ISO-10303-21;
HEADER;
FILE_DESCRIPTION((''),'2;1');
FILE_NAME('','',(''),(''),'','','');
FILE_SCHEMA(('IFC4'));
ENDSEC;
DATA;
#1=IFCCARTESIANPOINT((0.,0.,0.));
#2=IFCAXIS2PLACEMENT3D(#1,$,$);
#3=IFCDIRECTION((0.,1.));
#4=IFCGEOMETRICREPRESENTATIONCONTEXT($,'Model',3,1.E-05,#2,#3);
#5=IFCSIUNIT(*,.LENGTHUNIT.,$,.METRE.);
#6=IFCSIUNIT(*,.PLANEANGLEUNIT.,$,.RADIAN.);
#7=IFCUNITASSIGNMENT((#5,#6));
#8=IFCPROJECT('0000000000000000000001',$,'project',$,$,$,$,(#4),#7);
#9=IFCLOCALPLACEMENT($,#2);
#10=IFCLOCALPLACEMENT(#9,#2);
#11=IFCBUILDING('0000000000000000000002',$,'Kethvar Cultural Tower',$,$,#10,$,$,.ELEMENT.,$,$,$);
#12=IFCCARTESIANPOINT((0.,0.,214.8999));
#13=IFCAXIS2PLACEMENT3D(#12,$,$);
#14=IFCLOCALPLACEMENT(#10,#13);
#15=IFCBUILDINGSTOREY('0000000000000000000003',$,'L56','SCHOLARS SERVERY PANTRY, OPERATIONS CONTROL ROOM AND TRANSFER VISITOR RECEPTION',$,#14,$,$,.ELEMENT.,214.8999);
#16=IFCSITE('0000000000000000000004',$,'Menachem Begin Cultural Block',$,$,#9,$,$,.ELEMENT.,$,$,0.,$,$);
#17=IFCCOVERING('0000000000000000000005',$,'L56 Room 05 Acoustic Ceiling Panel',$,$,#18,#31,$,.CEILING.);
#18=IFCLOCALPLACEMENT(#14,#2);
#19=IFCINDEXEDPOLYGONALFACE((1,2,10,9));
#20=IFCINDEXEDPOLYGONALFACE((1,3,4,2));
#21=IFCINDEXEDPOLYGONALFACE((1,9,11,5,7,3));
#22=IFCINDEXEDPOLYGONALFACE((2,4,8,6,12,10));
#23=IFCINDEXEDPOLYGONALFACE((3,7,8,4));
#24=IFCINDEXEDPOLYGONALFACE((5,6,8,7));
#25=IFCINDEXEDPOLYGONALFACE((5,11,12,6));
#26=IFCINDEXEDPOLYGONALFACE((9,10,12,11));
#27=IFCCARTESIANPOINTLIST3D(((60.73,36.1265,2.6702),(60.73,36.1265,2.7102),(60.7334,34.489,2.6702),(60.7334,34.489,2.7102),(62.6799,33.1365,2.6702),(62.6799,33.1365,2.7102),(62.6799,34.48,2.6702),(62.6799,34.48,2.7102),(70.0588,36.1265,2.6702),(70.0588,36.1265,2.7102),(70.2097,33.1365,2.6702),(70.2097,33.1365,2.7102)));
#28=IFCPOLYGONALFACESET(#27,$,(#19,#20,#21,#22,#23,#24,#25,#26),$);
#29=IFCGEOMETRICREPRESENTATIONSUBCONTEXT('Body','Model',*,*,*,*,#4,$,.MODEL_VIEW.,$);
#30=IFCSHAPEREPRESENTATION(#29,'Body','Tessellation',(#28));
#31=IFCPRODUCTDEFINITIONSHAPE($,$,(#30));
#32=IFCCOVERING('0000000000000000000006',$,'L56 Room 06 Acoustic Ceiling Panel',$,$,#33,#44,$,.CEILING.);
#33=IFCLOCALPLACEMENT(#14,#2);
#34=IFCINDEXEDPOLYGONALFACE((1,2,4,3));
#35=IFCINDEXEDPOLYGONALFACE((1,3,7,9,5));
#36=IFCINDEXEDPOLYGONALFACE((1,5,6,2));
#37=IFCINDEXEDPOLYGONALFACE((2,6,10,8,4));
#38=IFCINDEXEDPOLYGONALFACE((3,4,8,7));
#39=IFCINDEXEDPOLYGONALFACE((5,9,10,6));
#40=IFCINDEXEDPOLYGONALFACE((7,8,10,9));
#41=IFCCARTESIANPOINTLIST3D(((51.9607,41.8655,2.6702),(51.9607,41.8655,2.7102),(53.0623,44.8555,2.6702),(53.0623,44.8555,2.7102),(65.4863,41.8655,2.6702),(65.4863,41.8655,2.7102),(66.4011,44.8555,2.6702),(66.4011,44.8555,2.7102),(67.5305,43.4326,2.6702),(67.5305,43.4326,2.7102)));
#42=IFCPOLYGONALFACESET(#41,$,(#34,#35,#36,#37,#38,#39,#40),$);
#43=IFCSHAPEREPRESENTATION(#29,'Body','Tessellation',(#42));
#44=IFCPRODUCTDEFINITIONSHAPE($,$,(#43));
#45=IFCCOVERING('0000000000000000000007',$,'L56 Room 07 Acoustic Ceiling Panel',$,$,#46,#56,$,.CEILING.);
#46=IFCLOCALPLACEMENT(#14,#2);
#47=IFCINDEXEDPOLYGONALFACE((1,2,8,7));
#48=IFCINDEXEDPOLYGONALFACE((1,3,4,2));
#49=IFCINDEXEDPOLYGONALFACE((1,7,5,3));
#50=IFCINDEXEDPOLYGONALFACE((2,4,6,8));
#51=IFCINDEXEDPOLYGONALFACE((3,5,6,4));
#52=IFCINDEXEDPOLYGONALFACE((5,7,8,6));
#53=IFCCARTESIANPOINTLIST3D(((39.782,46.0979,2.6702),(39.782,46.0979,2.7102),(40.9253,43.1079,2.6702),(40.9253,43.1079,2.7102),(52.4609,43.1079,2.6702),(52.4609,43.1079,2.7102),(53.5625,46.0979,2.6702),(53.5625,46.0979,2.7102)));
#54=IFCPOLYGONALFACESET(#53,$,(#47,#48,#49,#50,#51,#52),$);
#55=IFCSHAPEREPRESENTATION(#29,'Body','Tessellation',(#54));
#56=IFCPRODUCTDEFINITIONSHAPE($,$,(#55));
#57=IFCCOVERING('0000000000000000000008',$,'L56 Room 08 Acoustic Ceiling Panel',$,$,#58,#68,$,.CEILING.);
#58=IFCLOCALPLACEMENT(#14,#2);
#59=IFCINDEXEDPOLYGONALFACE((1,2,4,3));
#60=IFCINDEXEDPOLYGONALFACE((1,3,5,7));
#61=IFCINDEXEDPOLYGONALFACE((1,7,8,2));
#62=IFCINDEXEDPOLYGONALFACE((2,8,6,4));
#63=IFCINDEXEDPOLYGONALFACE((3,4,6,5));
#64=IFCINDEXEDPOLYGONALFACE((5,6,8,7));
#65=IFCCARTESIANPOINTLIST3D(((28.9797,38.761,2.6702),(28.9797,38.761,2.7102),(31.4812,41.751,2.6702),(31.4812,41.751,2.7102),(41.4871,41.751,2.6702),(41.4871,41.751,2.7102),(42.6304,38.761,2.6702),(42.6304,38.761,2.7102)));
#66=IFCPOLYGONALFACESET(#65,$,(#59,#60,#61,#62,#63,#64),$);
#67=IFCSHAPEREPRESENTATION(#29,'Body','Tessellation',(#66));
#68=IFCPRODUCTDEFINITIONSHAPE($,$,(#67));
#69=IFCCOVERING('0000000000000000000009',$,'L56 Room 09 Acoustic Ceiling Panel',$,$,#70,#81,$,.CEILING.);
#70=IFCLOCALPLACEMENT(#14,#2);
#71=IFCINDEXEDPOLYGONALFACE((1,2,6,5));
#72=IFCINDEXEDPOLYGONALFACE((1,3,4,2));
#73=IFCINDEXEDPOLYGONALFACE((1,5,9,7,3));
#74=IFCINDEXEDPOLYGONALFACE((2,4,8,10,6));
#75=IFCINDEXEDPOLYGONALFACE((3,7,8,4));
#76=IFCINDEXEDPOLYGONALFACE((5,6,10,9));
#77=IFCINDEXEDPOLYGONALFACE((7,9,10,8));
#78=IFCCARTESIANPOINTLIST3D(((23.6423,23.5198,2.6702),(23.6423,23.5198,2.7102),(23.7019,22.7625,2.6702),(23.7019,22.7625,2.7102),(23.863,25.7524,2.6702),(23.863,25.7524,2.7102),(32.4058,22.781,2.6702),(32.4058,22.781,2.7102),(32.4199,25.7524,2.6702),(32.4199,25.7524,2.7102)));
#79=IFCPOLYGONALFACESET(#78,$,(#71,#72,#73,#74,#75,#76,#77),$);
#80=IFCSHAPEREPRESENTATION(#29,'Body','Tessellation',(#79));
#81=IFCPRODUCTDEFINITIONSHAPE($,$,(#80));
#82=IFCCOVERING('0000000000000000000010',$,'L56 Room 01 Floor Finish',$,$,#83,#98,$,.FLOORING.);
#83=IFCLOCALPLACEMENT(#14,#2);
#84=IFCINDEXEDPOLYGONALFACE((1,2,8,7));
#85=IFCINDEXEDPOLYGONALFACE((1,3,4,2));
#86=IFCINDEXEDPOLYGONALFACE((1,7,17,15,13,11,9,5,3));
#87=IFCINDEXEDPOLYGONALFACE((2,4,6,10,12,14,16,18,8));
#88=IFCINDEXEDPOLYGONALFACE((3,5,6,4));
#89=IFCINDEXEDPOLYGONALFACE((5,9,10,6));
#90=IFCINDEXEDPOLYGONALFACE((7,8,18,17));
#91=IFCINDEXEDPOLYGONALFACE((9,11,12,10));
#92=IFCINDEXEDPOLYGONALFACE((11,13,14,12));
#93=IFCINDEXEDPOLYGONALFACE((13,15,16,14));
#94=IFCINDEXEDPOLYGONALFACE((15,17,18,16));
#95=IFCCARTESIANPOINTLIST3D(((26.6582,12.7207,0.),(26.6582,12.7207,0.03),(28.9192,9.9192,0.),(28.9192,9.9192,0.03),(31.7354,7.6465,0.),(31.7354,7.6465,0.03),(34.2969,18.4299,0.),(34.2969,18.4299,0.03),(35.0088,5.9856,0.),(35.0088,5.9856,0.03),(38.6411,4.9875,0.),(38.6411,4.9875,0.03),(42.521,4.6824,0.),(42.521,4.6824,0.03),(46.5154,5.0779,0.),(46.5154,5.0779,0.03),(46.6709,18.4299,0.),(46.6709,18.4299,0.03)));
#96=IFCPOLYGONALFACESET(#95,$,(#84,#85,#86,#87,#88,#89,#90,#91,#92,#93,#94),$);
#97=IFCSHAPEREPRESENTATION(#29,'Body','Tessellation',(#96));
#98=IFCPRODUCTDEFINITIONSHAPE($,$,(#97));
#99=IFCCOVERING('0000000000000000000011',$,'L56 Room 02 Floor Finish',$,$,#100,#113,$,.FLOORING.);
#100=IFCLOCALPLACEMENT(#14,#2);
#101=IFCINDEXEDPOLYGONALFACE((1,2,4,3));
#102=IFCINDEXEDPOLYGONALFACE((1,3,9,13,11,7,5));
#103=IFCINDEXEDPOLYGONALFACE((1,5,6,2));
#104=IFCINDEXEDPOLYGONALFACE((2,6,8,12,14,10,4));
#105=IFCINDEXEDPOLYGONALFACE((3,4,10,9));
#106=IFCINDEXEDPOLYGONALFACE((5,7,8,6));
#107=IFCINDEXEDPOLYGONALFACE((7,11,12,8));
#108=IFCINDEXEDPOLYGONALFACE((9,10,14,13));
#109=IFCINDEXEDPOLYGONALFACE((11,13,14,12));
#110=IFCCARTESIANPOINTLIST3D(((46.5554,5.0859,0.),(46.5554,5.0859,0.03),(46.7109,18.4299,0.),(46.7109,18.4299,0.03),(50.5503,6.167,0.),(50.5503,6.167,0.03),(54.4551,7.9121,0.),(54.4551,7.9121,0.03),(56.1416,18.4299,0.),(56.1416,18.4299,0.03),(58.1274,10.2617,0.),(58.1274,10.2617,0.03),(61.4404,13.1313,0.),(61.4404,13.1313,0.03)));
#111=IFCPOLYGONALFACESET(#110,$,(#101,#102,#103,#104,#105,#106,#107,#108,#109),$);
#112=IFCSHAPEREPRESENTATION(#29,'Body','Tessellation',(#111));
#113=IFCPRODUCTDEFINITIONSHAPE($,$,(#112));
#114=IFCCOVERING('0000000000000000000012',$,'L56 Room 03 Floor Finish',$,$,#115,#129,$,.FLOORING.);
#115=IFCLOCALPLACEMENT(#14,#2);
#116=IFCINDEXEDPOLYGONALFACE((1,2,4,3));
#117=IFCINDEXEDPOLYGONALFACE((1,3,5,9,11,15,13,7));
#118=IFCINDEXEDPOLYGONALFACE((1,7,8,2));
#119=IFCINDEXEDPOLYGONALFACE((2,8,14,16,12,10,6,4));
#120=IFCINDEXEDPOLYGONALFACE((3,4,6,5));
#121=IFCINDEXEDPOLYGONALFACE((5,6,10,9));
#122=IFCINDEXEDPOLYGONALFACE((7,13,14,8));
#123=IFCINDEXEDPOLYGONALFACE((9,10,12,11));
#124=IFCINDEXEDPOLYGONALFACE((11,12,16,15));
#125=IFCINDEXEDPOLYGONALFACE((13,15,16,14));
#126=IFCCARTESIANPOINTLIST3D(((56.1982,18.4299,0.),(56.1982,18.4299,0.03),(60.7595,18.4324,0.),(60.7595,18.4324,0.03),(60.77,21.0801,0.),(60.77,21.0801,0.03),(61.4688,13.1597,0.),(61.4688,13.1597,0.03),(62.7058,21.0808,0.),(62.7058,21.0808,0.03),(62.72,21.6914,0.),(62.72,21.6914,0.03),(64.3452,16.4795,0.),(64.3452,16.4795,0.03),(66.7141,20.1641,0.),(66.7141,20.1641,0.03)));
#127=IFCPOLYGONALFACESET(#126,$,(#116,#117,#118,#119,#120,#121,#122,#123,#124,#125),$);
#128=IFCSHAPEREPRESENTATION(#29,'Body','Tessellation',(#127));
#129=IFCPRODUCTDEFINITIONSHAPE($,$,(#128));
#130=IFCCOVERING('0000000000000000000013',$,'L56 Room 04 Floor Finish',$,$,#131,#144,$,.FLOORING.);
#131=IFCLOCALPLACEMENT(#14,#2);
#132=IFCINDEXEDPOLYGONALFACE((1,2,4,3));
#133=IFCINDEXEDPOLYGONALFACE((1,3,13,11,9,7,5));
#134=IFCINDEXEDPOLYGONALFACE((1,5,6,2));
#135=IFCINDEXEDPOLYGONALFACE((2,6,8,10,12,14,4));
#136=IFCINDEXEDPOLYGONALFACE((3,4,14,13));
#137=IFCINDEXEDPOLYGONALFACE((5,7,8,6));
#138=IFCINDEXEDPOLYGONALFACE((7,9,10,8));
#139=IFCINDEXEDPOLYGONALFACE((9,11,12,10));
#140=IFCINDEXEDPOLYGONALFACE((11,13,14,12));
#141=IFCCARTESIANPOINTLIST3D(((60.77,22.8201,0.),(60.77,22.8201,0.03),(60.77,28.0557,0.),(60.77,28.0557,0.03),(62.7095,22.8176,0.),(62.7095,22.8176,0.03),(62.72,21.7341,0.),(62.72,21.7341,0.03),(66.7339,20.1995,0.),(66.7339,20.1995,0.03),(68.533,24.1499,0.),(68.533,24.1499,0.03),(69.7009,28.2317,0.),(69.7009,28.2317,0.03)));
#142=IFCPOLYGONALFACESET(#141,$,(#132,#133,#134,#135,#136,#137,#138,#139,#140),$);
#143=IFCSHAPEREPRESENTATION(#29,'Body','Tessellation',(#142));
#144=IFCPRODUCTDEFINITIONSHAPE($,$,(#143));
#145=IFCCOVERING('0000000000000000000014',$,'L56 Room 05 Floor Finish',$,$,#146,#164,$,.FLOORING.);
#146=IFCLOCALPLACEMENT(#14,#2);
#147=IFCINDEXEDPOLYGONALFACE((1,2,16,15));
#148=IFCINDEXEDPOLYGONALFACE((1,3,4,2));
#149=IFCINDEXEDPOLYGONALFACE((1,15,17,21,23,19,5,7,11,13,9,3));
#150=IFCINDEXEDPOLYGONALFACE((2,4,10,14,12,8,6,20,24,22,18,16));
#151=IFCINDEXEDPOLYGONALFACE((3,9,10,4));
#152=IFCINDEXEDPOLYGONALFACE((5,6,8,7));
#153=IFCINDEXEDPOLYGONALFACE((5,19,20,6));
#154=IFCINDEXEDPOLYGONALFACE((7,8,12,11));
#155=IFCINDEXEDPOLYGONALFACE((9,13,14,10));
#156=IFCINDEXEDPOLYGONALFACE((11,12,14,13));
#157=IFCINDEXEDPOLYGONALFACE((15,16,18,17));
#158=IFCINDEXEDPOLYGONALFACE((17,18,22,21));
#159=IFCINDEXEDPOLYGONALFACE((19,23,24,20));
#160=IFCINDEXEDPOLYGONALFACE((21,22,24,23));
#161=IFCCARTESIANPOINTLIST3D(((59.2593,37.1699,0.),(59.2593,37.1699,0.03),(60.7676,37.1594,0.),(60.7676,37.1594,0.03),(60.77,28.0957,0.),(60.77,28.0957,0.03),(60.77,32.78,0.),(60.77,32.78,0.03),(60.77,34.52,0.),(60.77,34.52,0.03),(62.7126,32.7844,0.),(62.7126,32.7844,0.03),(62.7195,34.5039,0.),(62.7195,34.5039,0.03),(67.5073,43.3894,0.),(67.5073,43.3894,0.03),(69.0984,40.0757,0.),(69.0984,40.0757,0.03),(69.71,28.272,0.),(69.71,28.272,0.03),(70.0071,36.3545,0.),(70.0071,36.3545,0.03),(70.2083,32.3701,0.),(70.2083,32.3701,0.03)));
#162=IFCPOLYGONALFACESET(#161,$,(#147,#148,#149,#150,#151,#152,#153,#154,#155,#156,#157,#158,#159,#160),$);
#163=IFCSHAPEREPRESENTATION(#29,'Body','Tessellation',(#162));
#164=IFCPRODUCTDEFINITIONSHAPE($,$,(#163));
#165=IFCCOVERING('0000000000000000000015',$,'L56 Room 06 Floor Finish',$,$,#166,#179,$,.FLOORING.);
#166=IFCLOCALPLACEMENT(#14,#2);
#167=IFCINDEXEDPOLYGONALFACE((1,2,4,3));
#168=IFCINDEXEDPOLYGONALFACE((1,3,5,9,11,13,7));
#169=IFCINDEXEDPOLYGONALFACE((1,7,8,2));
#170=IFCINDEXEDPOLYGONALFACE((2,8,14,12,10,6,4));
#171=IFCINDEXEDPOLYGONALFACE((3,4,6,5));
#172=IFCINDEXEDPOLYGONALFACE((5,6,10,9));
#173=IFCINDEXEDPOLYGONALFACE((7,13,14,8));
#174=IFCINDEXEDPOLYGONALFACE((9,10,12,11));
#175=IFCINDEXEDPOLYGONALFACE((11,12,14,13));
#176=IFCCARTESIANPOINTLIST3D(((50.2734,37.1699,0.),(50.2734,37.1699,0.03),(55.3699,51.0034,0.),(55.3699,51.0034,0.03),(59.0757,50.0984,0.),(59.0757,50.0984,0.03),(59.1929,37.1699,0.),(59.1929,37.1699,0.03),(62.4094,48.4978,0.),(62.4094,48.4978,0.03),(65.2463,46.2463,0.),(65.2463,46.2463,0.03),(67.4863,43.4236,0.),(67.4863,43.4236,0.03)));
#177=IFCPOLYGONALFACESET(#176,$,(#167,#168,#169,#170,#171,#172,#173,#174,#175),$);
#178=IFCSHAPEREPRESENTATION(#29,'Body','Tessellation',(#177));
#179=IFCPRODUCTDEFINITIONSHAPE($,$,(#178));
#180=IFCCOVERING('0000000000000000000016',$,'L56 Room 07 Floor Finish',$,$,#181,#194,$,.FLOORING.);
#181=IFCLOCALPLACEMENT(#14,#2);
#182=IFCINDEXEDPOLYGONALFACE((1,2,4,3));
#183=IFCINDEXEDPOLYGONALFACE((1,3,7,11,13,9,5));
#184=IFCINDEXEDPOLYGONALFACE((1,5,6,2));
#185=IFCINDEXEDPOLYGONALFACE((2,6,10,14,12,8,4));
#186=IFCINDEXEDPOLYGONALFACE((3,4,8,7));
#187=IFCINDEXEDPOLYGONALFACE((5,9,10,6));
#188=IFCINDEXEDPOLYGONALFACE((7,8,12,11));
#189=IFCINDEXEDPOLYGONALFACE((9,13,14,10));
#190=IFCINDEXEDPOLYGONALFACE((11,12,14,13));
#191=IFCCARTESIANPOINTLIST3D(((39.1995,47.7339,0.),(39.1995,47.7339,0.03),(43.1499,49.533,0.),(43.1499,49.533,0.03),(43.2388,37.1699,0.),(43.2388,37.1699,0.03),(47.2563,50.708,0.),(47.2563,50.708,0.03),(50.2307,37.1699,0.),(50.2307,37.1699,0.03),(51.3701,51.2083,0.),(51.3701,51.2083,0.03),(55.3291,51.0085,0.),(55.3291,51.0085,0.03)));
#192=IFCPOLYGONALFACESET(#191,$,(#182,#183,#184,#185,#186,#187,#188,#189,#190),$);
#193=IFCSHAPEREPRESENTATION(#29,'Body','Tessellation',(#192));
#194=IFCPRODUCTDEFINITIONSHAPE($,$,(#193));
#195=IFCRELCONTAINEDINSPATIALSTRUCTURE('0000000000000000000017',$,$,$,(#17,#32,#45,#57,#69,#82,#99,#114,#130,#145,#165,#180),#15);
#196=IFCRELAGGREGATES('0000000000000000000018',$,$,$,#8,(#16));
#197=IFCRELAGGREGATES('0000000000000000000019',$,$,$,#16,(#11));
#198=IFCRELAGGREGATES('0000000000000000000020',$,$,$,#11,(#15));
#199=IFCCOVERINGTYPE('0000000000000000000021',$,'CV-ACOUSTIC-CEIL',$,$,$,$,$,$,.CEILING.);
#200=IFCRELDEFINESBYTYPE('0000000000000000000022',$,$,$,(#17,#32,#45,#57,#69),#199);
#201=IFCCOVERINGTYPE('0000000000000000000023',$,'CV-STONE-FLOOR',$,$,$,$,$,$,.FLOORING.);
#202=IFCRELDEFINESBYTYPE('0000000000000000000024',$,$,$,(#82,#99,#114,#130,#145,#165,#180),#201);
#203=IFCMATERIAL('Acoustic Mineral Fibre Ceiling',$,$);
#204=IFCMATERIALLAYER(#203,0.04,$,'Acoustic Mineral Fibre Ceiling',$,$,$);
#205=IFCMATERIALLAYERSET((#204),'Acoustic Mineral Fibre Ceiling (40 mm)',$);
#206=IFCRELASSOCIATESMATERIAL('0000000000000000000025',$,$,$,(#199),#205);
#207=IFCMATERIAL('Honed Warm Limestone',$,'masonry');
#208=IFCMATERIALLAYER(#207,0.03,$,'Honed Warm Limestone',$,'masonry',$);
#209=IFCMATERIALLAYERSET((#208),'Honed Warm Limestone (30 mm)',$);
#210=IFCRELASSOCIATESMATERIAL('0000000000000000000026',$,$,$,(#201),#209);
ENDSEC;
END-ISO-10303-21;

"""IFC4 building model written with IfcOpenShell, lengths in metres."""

from ifc_helpers import new_model, si_unit, direction, frame, origin, place, context, subcontext, project, spatial, polyline, outline, extrude, material, layer, layer_set, type_object, element, save


model = new_model("IFC4")

# Units and contexts
model_context = context("Model", 3, precision=1e-05, world=origin(), true_north=direction((0.0, 1.0)))
body_context = subcontext(model_context, "Body", "Model", "MODEL_VIEW")
ifc_project = project(units=[si_unit("LENGTHUNIT", "METRE"), si_unit("PLANEANGLEUNIT", "RADIAN")], contexts=[model_context])

# Site, building, storey
site_placement = place(None, origin())
site = spatial("IfcSite", under=ifc_project, at=site_placement, Name="Menachem Begin Cultural Block", CompositionType="ELEMENT", RefElevation=0.0)
building_placement = place(site_placement, origin())
building = spatial("IfcBuilding", under=site, at=building_placement, Name="Kethvar Cultural Tower", CompositionType="ELEMENT")
storey_placement = place(building_placement, frame((0.0, 0.0, 214.8999)))
storey = spatial("IfcBuildingStorey", under=building, at=storey_placement, Name="L56", Description="SCHOLARS SERVERY PANTRY, OPERATIONS CONTROL ROOM AND TRANSFER VISITOR RECEPTION", CompositionType="ELEMENT", Elevation=214.8999)

# Coverings
ifc_material_1 = material(Name="Acoustic Mineral Fibre Ceiling")
ifc_layer_1 = layer(ifc_material_1, 0.04, Name="Acoustic Mineral Fibre Ceiling")
ifc_layer_set_1 = layer_set([ifc_layer_1], Name="Acoustic Mineral Fibre Ceiling (40 mm)")
covering_type_1 = type_object("IfcCoveringType", Name="CV-ACOUSTIC-CEIL", PredefinedType="CEILING", material=ifc_layer_set_1)
covering_1_placement = place(storey_placement, frame((0.0, 0.0, 2.6702)))
element("IfcCovering", 1, at=covering_1_placement, inside=storey, type_object=covering_type_1, Name="L56 Room 05 Acoustic Ceiling Panel", PredefinedType="CEILING", context=body_context, shape_type="SweptSolid", body=[
    extrude(outline(polyline([(70.2097, 33.1365), (62.6799, 33.1365), (62.6799, 34.48), (60.7334, 34.489), (60.73, 36.1265), (70.0588, 36.1265), (70.2097, 33.1365)])), origin(), (0.0, 0.0, 1.0), 0.04),
])
covering_2_placement = place(storey_placement, frame((0.0, 0.0, 2.6702)))
element("IfcCovering", 2, at=covering_2_placement, inside=storey, type_object=covering_type_1, Name="L56 Room 06 Acoustic Ceiling Panel", PredefinedType="CEILING", context=body_context, shape_type="SweptSolid", body=[
    extrude(outline(polyline([(67.5305, 43.4326), (65.4863, 41.8655), (51.9607, 41.8655), (53.0623, 44.8555), (66.4011, 44.8555), (67.5305, 43.4326)])), origin(), (0.0, 0.0, 1.0), 0.04),
])
covering_3_placement = place(storey_placement, frame((0.0, 0.0, 2.6702)))
element("IfcCovering", 3, at=covering_3_placement, inside=storey, type_object=covering_type_1, Name="L56 Room 07 Acoustic Ceiling Panel", PredefinedType="CEILING", context=body_context, shape_type="SweptSolid", body=[
    extrude(outline(polyline([(52.4609, 43.1079), (40.9253, 43.1079), (39.782, 46.0979), (53.5625, 46.0979), (52.4609, 43.1079)])), origin(), (0.0, 0.0, 1.0), 0.04),
])
covering_4_placement = place(storey_placement, frame((0.0, 0.0, 2.6702)))
element("IfcCovering", 4, at=covering_4_placement, inside=storey, type_object=covering_type_1, Name="L56 Room 08 Acoustic Ceiling Panel", PredefinedType="CEILING", context=body_context, shape_type="SweptSolid", body=[
    extrude(outline(polyline([(28.9797, 38.761), (31.4812, 41.751), (41.4871, 41.751), (42.6304, 38.761), (28.9797, 38.761)])), origin(), (0.0, 0.0, 1.0), 0.04),
])
covering_5_placement = place(storey_placement, frame((0.0, 0.0, 2.6702)))
element("IfcCovering", 5, at=covering_5_placement, inside=storey, type_object=covering_type_1, Name="L56 Room 09 Acoustic Ceiling Panel", PredefinedType="CEILING", context=body_context, shape_type="SweptSolid", body=[
    extrude(outline(polyline([(23.6423, 23.5198), (23.863, 25.7524), (32.4199, 25.7524), (32.4058, 22.781), (23.7019, 22.7625), (23.6423, 23.5198)])), origin(), (0.0, 0.0, 1.0), 0.04),
])
ifc_material_2 = material(Name="Honed Warm Limestone", Category="masonry")
ifc_layer_2 = layer(ifc_material_2, 0.03, Name="Honed Warm Limestone", Category="masonry")
ifc_layer_set_2 = layer_set([ifc_layer_2], Name="Honed Warm Limestone (30 mm)")
covering_type_2 = type_object("IfcCoveringType", Name="CV-STONE-FLOOR", PredefinedType="FLOORING", material=ifc_layer_set_2)
covering_6_placement = place(storey_placement, origin())
element("IfcCovering", 6, at=covering_6_placement, inside=storey, type_object=covering_type_2, Name="L56 Room 01 Floor Finish", PredefinedType="FLOORING", context=body_context, shape_type="SweptSolid", body=[
    extrude(outline(polyline([(42.521, 4.6824), (38.6411, 4.9875), (35.0088, 5.9856), (31.7354, 7.6465), (28.9192, 9.9192), (26.6582, 12.7207), (34.2969, 18.4299), (46.6709, 18.4299), (46.5154, 5.0779), (42.521, 4.6824)])), origin(), (0.0, 0.0, 1.0), 0.03),
])
covering_7_placement = place(storey_placement, origin())
element("IfcCovering", 7, at=covering_7_placement, inside=storey, type_object=covering_type_2, Name="L56 Room 02 Floor Finish", PredefinedType="FLOORING", context=body_context, shape_type="SweptSolid", body=[
    extrude(outline(polyline([(58.1274, 10.2617), (54.4551, 7.9121), (50.5503, 6.167), (46.5554, 5.0859), (46.7109, 18.4299), (56.1416, 18.4299), (61.4404, 13.1313), (58.1274, 10.2617)])), origin(), (0.0, 0.0, 1.0), 0.03),
])
covering_8_placement = place(storey_placement, origin())
element("IfcCovering", 8, at=covering_8_placement, inside=storey, type_object=covering_type_2, Name="L56 Room 03 Floor Finish", PredefinedType="FLOORING", context=body_context, shape_type="SweptSolid", body=[
    extrude(outline(polyline([(64.3452, 16.4795), (61.4688, 13.1597), (56.1982, 18.4299), (60.7595, 18.4324), (60.77, 21.0801), (62.7058, 21.0808), (62.72, 21.6914), (66.7141, 20.1641), (64.3452, 16.4795)])), origin(), (0.0, 0.0, 1.0), 0.03),
])
covering_9_placement = place(storey_placement, origin())
element("IfcCovering", 9, at=covering_9_placement, inside=storey, type_object=covering_type_2, Name="L56 Room 04 Floor Finish", PredefinedType="FLOORING", context=body_context, shape_type="SweptSolid", body=[
    extrude(outline(polyline([(68.533, 24.1499), (66.7339, 20.1995), (62.72, 21.7341), (62.7095, 22.8176), (60.77, 22.8201), (60.77, 28.0557), (69.7009, 28.2317), (68.533, 24.1499)])), origin(), (0.0, 0.0, 1.0), 0.03),
])
covering_10_placement = place(storey_placement, origin())
element("IfcCovering", 10, at=covering_10_placement, inside=storey, type_object=covering_type_2, Name="L56 Room 05 Floor Finish", PredefinedType="FLOORING", context=body_context, shape_type="SweptSolid", body=[
    extrude(outline(polyline([(69.0984, 40.0757), (70.0071, 36.3545), (70.2083, 32.3701), (69.71, 28.272), (60.77, 28.0957), (60.77, 32.78), (62.7126, 32.7844), (62.7195, 34.5039), (60.77, 34.52), (60.7676, 37.1594), (59.2593, 37.1699), (67.5073, 43.3894), (69.0984, 40.0757)])), origin(), (0.0, 0.0, 1.0), 0.03),
])
covering_11_placement = place(storey_placement, origin())
element("IfcCovering", 11, at=covering_11_placement, inside=storey, type_object=covering_type_2, Name="L56 Room 06 Floor Finish", PredefinedType="FLOORING", context=body_context, shape_type="SweptSolid", body=[
    extrude(outline(polyline([(59.0757, 50.0984), (62.4094, 48.4978), (65.2463, 46.2463), (67.4863, 43.4236), (59.1929, 37.1699), (50.2734, 37.1699), (55.3699, 51.0034), (59.0757, 50.0984)])), origin(), (0.0, 0.0, 1.0), 0.03),
])
covering_12_placement = place(storey_placement, origin())
element("IfcCovering", 12, at=covering_12_placement, inside=storey, type_object=covering_type_2, Name="L56 Room 07 Floor Finish", PredefinedType="FLOORING", context=body_context, shape_type="SweptSolid", body=[
    extrude(outline(polyline([(43.1499, 49.533), (47.2563, 50.708), (51.3701, 51.2083), (55.3291, 51.0085), (50.2307, 37.1699), (43.2388, 37.1699), (39.1995, 47.7339), (43.1499, 49.533)])), origin(), (0.0, 0.0, 1.0), 0.03),
])

save(model, "model.ifc")
